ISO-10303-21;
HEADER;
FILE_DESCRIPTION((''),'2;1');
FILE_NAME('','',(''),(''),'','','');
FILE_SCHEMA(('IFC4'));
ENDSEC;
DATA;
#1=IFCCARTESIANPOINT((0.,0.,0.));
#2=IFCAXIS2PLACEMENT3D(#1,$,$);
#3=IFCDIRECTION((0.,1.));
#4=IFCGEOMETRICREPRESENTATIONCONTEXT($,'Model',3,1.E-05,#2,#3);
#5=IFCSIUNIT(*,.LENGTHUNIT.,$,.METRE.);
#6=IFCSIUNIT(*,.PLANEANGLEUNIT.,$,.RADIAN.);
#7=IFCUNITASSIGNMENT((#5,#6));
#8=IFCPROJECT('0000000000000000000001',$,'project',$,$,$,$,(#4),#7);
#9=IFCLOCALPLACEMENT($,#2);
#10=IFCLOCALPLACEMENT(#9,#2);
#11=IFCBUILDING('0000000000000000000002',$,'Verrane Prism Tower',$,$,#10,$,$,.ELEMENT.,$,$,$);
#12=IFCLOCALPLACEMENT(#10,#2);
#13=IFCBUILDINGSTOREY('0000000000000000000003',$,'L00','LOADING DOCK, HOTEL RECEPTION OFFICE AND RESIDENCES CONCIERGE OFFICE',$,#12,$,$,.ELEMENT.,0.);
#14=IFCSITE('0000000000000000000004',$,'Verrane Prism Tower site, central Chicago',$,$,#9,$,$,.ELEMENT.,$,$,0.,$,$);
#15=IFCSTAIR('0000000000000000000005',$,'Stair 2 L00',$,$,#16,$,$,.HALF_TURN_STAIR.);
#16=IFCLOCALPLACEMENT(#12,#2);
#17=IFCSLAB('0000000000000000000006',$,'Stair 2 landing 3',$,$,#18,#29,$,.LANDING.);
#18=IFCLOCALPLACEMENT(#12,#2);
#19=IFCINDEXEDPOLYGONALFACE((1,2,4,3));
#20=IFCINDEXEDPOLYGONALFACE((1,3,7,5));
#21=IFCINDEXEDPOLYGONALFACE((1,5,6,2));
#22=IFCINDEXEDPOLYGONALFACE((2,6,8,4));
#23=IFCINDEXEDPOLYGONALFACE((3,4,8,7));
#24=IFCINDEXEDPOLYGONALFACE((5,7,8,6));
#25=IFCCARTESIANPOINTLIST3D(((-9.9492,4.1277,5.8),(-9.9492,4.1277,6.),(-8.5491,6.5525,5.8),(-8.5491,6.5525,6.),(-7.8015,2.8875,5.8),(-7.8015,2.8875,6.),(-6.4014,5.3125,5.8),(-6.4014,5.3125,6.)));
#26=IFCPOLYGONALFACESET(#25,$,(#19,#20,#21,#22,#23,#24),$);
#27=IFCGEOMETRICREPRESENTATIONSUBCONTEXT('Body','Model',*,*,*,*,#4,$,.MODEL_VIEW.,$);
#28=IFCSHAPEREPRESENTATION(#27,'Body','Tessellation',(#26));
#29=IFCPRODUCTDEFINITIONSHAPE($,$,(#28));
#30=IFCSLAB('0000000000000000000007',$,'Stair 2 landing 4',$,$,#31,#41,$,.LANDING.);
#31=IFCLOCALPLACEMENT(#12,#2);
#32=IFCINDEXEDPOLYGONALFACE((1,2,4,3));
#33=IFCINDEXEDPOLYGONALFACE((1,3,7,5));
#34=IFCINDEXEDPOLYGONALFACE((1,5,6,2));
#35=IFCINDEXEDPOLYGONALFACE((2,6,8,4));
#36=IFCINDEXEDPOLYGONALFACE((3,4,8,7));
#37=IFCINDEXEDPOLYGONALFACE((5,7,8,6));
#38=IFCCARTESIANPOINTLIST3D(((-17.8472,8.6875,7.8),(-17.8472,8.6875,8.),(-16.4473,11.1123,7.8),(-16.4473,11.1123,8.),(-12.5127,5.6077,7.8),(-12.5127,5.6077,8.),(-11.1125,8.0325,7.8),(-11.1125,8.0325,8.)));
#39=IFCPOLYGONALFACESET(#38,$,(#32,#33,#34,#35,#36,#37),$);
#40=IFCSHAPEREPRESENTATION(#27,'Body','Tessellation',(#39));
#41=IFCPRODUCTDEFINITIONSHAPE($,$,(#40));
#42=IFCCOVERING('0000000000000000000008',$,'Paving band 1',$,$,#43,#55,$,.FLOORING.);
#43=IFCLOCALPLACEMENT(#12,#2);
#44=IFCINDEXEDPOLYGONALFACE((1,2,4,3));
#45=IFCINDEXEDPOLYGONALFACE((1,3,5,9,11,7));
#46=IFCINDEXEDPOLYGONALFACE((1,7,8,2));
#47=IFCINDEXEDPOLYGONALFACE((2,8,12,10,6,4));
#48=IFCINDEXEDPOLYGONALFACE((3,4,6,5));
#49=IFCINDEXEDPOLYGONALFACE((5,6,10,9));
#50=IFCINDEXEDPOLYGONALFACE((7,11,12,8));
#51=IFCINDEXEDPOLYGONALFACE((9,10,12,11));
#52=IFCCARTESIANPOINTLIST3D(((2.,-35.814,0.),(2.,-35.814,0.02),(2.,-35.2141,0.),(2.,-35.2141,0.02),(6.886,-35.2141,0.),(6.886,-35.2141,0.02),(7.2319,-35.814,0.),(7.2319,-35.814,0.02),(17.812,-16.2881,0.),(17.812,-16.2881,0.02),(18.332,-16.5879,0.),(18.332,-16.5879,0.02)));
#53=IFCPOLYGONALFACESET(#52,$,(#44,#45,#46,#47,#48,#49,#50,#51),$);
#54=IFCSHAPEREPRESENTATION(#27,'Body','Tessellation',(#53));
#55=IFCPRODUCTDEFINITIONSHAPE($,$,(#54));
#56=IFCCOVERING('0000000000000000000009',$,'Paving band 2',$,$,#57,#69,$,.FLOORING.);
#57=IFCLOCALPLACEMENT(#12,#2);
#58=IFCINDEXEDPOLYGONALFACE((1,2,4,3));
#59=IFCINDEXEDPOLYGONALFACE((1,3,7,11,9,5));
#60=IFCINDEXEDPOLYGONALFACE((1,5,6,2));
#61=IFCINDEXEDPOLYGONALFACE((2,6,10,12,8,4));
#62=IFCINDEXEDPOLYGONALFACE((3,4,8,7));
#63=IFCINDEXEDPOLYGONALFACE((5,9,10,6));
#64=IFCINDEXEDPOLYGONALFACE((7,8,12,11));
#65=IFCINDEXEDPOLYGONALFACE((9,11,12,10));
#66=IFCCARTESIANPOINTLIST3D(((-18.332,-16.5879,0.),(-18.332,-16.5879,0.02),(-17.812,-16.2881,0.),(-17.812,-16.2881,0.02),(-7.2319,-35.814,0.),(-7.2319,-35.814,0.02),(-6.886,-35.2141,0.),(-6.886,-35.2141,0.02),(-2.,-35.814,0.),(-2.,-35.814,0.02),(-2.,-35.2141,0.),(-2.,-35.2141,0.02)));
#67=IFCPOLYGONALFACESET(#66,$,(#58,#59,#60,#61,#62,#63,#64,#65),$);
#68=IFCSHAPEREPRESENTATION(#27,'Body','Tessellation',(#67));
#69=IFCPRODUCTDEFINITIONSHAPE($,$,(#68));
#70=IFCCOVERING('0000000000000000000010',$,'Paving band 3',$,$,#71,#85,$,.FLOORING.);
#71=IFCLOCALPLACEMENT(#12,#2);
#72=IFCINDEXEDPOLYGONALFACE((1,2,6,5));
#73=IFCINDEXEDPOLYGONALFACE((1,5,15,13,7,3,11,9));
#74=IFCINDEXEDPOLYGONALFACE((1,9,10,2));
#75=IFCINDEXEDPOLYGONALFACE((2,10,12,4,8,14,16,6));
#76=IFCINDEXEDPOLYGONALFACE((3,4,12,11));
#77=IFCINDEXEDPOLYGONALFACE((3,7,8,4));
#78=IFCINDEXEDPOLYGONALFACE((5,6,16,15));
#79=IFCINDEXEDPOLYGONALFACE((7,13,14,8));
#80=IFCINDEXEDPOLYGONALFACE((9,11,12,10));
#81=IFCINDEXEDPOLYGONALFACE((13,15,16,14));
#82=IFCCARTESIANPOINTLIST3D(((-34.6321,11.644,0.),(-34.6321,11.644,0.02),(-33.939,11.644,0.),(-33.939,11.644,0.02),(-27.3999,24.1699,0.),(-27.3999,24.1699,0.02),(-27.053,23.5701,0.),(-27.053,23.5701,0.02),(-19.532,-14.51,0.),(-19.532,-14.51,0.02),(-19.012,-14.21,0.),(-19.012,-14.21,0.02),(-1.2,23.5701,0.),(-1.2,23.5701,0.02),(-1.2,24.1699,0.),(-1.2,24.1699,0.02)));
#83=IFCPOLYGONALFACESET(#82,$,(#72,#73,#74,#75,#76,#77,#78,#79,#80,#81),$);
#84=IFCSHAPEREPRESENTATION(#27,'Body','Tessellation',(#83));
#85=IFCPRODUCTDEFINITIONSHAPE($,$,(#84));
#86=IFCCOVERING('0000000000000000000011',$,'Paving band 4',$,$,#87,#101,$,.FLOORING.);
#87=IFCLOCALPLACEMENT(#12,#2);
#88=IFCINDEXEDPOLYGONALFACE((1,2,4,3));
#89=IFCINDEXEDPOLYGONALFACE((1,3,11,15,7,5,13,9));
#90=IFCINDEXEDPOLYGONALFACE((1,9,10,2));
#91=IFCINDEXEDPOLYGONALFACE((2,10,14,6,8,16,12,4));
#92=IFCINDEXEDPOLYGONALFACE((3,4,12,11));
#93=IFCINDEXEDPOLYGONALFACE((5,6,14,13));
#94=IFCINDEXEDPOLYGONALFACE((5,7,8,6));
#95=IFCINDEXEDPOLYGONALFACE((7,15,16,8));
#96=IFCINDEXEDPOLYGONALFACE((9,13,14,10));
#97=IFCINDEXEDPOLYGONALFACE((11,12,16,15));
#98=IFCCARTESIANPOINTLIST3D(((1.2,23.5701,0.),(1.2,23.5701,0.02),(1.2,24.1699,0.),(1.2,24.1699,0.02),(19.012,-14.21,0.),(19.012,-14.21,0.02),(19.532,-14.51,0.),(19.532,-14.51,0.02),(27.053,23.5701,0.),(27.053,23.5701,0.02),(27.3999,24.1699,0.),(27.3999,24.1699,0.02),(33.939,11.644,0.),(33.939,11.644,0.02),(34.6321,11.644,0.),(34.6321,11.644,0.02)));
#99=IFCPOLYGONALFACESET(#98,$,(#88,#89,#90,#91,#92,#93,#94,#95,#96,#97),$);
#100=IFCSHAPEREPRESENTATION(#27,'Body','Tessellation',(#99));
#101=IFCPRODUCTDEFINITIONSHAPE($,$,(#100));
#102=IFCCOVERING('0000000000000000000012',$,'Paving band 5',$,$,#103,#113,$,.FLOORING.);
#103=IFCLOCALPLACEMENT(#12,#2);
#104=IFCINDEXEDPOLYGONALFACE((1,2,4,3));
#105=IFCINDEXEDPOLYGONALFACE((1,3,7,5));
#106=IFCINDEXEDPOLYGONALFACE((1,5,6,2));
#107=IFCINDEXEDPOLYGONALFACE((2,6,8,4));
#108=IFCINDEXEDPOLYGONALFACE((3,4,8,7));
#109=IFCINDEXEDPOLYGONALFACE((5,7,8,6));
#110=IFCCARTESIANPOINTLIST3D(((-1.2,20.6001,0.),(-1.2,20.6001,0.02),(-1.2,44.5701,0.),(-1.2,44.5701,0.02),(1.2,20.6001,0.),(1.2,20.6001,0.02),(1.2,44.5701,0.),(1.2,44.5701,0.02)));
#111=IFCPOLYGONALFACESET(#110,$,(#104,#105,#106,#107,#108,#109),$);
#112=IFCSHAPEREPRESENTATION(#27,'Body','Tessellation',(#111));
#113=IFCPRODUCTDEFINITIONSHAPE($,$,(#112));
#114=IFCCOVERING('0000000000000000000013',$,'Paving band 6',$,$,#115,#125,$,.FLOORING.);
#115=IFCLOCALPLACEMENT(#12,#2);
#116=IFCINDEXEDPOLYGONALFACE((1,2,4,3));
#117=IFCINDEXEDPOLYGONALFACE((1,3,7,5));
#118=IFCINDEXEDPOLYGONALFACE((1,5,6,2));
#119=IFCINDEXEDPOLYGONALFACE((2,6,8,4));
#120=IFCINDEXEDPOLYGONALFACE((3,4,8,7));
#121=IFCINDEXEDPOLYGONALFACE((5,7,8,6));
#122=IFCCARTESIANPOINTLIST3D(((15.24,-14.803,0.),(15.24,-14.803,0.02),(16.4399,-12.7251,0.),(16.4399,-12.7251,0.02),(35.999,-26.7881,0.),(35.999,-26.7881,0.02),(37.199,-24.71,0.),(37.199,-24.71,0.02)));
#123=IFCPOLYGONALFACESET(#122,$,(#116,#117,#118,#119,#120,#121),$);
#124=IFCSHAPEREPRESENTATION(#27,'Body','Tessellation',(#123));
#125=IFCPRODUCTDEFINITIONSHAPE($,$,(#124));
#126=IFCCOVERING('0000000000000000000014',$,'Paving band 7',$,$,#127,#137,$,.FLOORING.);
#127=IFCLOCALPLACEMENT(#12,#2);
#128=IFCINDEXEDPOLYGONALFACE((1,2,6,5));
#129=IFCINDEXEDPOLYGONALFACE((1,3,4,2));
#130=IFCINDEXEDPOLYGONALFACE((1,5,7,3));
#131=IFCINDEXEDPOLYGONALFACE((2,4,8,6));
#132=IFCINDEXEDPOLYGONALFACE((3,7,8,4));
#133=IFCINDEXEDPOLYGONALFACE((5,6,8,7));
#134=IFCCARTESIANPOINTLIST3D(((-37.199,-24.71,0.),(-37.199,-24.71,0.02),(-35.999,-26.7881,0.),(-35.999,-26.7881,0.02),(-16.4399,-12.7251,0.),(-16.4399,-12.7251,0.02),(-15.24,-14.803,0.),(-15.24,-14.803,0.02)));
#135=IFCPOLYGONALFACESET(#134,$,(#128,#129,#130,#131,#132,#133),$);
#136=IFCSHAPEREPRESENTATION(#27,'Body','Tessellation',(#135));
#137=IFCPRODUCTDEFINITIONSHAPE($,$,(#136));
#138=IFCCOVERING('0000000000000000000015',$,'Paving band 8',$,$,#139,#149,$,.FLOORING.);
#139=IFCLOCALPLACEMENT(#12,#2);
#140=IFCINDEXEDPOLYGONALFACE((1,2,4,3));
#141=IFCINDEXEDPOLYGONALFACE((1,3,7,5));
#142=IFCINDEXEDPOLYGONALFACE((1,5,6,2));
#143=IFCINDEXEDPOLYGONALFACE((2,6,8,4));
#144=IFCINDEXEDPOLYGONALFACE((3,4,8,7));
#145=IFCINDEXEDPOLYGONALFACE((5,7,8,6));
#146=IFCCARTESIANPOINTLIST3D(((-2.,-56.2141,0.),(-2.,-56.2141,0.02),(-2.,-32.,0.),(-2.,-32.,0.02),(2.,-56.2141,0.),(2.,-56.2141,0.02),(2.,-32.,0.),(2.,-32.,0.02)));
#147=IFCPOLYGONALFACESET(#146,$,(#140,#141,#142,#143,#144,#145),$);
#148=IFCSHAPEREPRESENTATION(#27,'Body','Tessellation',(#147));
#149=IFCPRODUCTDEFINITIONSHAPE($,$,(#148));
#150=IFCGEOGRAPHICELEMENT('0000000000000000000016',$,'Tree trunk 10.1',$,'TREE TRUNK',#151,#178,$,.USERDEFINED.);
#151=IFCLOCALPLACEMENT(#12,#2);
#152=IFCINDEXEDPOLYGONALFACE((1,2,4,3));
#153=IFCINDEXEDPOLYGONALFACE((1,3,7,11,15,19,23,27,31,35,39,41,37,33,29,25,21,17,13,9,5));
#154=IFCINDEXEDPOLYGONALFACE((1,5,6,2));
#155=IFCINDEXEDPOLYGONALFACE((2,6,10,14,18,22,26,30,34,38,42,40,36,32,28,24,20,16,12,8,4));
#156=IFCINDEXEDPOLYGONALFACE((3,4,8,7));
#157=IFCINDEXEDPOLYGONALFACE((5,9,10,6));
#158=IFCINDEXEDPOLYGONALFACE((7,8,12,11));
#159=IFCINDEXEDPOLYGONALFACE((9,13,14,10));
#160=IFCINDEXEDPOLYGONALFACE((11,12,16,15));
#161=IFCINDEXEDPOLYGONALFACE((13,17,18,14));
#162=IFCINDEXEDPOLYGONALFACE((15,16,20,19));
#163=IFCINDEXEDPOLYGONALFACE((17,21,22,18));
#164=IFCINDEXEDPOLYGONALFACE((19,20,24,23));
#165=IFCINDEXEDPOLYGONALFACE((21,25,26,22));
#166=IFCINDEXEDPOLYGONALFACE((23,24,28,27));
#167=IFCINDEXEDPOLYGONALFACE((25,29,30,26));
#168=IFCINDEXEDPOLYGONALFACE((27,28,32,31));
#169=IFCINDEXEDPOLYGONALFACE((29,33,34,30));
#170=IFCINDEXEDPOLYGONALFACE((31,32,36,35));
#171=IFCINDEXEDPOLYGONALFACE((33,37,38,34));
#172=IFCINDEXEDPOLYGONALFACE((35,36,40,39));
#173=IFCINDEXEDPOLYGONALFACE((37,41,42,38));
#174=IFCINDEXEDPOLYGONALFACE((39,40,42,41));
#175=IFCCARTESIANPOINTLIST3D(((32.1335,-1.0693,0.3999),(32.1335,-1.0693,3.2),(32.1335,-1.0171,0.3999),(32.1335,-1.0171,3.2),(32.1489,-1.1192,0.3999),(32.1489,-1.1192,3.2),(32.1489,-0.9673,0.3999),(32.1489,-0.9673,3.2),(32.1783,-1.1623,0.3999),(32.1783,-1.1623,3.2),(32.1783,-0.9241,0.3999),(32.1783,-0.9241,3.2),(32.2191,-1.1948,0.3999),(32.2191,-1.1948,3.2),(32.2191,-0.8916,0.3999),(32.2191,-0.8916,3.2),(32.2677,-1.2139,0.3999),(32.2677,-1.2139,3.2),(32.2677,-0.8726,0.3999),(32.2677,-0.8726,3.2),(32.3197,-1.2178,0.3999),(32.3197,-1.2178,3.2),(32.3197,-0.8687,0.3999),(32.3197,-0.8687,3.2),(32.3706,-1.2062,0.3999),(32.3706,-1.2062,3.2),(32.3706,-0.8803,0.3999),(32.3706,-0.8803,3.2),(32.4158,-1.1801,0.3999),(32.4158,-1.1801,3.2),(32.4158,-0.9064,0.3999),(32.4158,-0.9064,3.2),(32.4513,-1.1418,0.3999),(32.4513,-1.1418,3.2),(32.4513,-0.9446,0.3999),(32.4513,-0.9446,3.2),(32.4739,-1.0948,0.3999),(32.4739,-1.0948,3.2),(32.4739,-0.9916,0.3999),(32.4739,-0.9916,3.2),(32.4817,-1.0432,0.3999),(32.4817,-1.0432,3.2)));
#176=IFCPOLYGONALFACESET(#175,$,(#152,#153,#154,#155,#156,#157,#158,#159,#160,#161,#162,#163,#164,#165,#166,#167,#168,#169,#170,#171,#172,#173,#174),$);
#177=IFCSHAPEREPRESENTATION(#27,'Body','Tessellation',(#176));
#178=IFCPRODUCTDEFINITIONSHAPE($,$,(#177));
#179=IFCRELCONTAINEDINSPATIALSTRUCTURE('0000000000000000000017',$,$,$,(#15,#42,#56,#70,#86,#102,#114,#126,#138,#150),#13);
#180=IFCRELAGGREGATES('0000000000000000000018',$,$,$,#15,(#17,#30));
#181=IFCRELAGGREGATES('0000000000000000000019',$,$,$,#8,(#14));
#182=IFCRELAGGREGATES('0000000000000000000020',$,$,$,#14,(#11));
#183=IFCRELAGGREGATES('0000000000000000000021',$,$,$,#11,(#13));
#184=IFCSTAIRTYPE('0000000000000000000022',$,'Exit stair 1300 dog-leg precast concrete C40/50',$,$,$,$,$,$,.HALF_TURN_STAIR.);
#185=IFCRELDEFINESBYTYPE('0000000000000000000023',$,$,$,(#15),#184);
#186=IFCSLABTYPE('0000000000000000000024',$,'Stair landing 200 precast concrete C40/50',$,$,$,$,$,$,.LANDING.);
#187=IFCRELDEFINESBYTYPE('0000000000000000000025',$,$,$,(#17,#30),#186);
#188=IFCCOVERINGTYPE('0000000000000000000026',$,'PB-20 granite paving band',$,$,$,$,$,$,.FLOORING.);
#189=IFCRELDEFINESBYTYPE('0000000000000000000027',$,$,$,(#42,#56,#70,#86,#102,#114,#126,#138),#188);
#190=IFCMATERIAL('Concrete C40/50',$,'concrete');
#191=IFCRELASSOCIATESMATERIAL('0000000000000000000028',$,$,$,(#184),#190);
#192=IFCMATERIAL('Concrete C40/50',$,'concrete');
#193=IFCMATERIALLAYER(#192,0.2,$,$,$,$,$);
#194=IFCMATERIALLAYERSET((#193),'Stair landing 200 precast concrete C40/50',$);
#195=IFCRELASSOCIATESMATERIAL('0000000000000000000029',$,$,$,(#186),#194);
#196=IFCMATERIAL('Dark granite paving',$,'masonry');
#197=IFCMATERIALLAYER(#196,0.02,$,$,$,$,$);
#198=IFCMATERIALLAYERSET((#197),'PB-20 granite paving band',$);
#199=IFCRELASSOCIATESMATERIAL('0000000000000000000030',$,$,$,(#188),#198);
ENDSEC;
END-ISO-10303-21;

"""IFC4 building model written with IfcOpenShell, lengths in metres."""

from ifc_helpers import new_model, si_unit, direction, frame, origin, origin_2d, place, context, subcontext, project, spatial, polyline, circle, outline, extrude, material, layer, layer_set, type_object, element, aggregate, save


model = new_model("IFC4")

# Units and contexts
model_context = context("Model", 3, precision=1e-05, world=origin(), true_north=direction((0.0, 1.0)))
body_context = subcontext(model_context, "Body", "Model", "MODEL_VIEW")
ifc_project = project(units=[si_unit("LENGTHUNIT", "METRE"), si_unit("PLANEANGLEUNIT", "RADIAN")], contexts=[model_context])

# Site, building, storey
site_placement = place(None, origin())
site = spatial("IfcSite", under=ifc_project, at=site_placement, Name="Verrane Prism Tower site, central Chicago", CompositionType="ELEMENT", RefElevation=0.0)
building_placement = place(site_placement, origin())
building = spatial("IfcBuilding", under=site, at=building_placement, Name="Verrane Prism Tower", CompositionType="ELEMENT")
storey_placement = place(building_placement, origin())
storey = spatial("IfcBuildingStorey", under=building, at=storey_placement, Name="L00", Description="LOADING DOCK, HOTEL RECEPTION OFFICE AND RESIDENCES CONCIERGE OFFICE", CompositionType="ELEMENT", Elevation=0.0)

# Stair, slabs
ifc_material_1 = material(Name="Concrete C40/50", Category="concrete")
stair_type = type_object("IfcStairType", Name="Exit stair 1300 dog-leg precast concrete C40/50", PredefinedType="HALF_TURN_STAIR", material=ifc_material_1)
ifc_material_2 = material(Name="Concrete C40/50", Category="concrete")
ifc_layer_1 = layer(ifc_material_2, 0.2)
ifc_layer_set_1 = layer_set([ifc_layer_1], Name="Stair landing 200 precast concrete C40/50")
slab_type_1 = type_object("IfcSlabType", Name="Stair landing 200 precast concrete C40/50", PredefinedType="LANDING", material=ifc_layer_set_1)
stair_1_placement = place(storey_placement, origin())
stair_1 = element("IfcStair", 1, at=stair_1_placement, inside=storey, type_object=stair_type, Name="Stair 2 L00", PredefinedType="HALF_TURN_STAIR")
slab_1_placement = place(storey_placement, frame((0.0, 0.0, 5.8)))
slab_1 = element("IfcSlab", 2, at=slab_1_placement, type_object=slab_type_1, Name="Stair 2 landing 3", PredefinedType="LANDING", context=body_context, shape_type="SweptSolid", body=[
    extrude(outline(polyline([(-9.9492, 4.1277), (-7.8015, 2.8875), (-6.4014, 5.3125), (-8.5491, 6.5525), (-9.9492, 4.1277)])), origin(), (0.0, 0.0, 1.0), 0.2),
])
slab_2_placement = place(storey_placement, frame((0.0, 0.0, 7.8)))
slab_2 = element("IfcSlab", 3, at=slab_2_placement, type_object=slab_type_1, Name="Stair 2 landing 4", PredefinedType="LANDING", context=body_context, shape_type="SweptSolid", body=[
    extrude(outline(polyline([(-17.8472, 8.6875), (-12.5127, 5.6077), (-11.1125, 8.0325), (-16.4473, 11.1123), (-17.8472, 8.6875)])), origin(), (0.0, 0.0, 1.0), 0.2),
])
aggregate(stair_1, [slab_1, slab_2])

# Coverings
ifc_material_3 = material(Name="Dark granite paving", Category="masonry")
ifc_layer_2 = layer(ifc_material_3, 0.02)
ifc_layer_set_2 = layer_set([ifc_layer_2], Name="PB-20 granite paving band")
covering_type = type_object("IfcCoveringType", Name="PB-20 granite paving band", PredefinedType="FLOORING", material=ifc_layer_set_2)
covering_1_placement = place(storey_placement, origin())
element("IfcCovering", 4, at=covering_1_placement, inside=storey, type_object=covering_type, Name="Paving band 1", PredefinedType="FLOORING", context=body_context, shape_type="SweptSolid", body=[
    extrude(outline(polyline([(2.0, -35.814), (7.2319, -35.814), (18.332, -16.5879), (17.812, -16.2881), (6.886, -35.2141), (2.0, -35.2141), (2.0, -35.814)])), origin(), (0.0, 0.0, 1.0), 0.02),
])
covering_2_placement = place(storey_placement, origin())
element("IfcCovering", 5, at=covering_2_placement, inside=storey, type_object=covering_type, Name="Paving band 2", PredefinedType="FLOORING", context=body_context, shape_type="SweptSolid", body=[
    extrude(outline(polyline([(-7.2319, -35.814), (-2.0, -35.814), (-2.0, -35.2141), (-6.886, -35.2141), (-17.812, -16.2881), (-18.332, -16.5879), (-7.2319, -35.814)])), origin(), (0.0, 0.0, 1.0), 0.02),
])
covering_3_placement = place(storey_placement, origin())
element("IfcCovering", 6, at=covering_3_placement, inside=storey, type_object=covering_type, Name="Paving band 3", PredefinedType="FLOORING", context=body_context, shape_type="SweptSolid", body=[
    extrude(outline(polyline([(-34.6321, 11.644), (-19.532, -14.51), (-19.012, -14.21), (-33.939, 11.644), (-27.053, 23.5701), (-1.2, 23.5701), (-1.2, 24.1699), (-27.3999, 24.1699), (-34.6321, 11.644)])), origin(), (0.0, 0.0, 1.0), 0.02),
])
covering_4_placement = place(storey_placement, origin())
element("IfcCovering", 7, at=covering_4_placement, inside=storey, type_object=covering_type, Name="Paving band 4", PredefinedType="FLOORING", context=body_context, shape_type="SweptSolid", body=[
    extrude(outline(polyline([(27.3999, 24.1699), (1.2, 24.1699), (1.2, 23.5701), (27.053, 23.5701), (33.939, 11.644), (19.012, -14.21), (19.532, -14.51), (34.6321, 11.644), (27.3999, 24.1699)])), origin(), (0.0, 0.0, 1.0), 0.02),
])
covering_5_placement = place(storey_placement, origin())
element("IfcCovering", 8, at=covering_5_placement, inside=storey, type_object=covering_type, Name="Paving band 5", PredefinedType="FLOORING", context=body_context, shape_type="SweptSolid", body=[
    extrude(outline(polyline([(-1.2, 20.6001), (1.2, 20.6001), (1.2, 44.5701), (-1.2, 44.5701), (-1.2, 20.6001)])), origin(), (0.0, 0.0, 1.0), 0.02),
])
covering_6_placement = place(storey_placement, origin())
element("IfcCovering", 9, at=covering_6_placement, inside=storey, type_object=covering_type, Name="Paving band 6", PredefinedType="FLOORING", context=body_context, shape_type="SweptSolid", body=[
    extrude(outline(polyline([(16.4399, -12.7251), (15.24, -14.803), (35.999, -26.7881), (37.199, -24.71), (16.4399, -12.7251)])), origin(), (0.0, 0.0, 1.0), 0.02),
])
covering_7_placement = place(storey_placement, origin())
element("IfcCovering", 10, at=covering_7_placement, inside=storey, type_object=covering_type, Name="Paving band 7", PredefinedType="FLOORING", context=body_context, shape_type="SweptSolid", body=[
    extrude(outline(polyline([(-15.24, -14.803), (-16.4399, -12.7251), (-37.199, -24.71), (-35.999, -26.7881), (-15.24, -14.803)])), origin(), (0.0, 0.0, 1.0), 0.02),
])
covering_8_placement = place(storey_placement, origin())
element("IfcCovering", 11, at=covering_8_placement, inside=storey, type_object=covering_type, Name="Paving band 8", PredefinedType="FLOORING", context=body_context, shape_type="SweptSolid", body=[
    extrude(outline(polyline([(-2.0, -32.0), (-2.0, -56.2141), (2.0, -56.2141), (2.0, -32.0), (-2.0, -32.0)])), origin(), (0.0, 0.0, 1.0), 0.02),
])

# Geographic element
geographic_element_1_placement = place(storey_placement, frame((32.3066, -1.0432, 3.2), z_axis=(0.0, 0.0, -1.0), x_axis=(1.0, 0.0, 0.0)))
element("IfcGeographicElement", 12, at=geographic_element_1_placement, inside=storey, Name="Tree trunk 10.1", ObjectType="TREE TRUNK", PredefinedType="USERDEFINED", context=body_context, shape_type="SweptSolid", body=[
    extrude(circle(Radius=0.175, at=origin_2d()), origin(), (0.0, 0.0, 1.0), 2.8),
])

save(model, "model.ifc")
